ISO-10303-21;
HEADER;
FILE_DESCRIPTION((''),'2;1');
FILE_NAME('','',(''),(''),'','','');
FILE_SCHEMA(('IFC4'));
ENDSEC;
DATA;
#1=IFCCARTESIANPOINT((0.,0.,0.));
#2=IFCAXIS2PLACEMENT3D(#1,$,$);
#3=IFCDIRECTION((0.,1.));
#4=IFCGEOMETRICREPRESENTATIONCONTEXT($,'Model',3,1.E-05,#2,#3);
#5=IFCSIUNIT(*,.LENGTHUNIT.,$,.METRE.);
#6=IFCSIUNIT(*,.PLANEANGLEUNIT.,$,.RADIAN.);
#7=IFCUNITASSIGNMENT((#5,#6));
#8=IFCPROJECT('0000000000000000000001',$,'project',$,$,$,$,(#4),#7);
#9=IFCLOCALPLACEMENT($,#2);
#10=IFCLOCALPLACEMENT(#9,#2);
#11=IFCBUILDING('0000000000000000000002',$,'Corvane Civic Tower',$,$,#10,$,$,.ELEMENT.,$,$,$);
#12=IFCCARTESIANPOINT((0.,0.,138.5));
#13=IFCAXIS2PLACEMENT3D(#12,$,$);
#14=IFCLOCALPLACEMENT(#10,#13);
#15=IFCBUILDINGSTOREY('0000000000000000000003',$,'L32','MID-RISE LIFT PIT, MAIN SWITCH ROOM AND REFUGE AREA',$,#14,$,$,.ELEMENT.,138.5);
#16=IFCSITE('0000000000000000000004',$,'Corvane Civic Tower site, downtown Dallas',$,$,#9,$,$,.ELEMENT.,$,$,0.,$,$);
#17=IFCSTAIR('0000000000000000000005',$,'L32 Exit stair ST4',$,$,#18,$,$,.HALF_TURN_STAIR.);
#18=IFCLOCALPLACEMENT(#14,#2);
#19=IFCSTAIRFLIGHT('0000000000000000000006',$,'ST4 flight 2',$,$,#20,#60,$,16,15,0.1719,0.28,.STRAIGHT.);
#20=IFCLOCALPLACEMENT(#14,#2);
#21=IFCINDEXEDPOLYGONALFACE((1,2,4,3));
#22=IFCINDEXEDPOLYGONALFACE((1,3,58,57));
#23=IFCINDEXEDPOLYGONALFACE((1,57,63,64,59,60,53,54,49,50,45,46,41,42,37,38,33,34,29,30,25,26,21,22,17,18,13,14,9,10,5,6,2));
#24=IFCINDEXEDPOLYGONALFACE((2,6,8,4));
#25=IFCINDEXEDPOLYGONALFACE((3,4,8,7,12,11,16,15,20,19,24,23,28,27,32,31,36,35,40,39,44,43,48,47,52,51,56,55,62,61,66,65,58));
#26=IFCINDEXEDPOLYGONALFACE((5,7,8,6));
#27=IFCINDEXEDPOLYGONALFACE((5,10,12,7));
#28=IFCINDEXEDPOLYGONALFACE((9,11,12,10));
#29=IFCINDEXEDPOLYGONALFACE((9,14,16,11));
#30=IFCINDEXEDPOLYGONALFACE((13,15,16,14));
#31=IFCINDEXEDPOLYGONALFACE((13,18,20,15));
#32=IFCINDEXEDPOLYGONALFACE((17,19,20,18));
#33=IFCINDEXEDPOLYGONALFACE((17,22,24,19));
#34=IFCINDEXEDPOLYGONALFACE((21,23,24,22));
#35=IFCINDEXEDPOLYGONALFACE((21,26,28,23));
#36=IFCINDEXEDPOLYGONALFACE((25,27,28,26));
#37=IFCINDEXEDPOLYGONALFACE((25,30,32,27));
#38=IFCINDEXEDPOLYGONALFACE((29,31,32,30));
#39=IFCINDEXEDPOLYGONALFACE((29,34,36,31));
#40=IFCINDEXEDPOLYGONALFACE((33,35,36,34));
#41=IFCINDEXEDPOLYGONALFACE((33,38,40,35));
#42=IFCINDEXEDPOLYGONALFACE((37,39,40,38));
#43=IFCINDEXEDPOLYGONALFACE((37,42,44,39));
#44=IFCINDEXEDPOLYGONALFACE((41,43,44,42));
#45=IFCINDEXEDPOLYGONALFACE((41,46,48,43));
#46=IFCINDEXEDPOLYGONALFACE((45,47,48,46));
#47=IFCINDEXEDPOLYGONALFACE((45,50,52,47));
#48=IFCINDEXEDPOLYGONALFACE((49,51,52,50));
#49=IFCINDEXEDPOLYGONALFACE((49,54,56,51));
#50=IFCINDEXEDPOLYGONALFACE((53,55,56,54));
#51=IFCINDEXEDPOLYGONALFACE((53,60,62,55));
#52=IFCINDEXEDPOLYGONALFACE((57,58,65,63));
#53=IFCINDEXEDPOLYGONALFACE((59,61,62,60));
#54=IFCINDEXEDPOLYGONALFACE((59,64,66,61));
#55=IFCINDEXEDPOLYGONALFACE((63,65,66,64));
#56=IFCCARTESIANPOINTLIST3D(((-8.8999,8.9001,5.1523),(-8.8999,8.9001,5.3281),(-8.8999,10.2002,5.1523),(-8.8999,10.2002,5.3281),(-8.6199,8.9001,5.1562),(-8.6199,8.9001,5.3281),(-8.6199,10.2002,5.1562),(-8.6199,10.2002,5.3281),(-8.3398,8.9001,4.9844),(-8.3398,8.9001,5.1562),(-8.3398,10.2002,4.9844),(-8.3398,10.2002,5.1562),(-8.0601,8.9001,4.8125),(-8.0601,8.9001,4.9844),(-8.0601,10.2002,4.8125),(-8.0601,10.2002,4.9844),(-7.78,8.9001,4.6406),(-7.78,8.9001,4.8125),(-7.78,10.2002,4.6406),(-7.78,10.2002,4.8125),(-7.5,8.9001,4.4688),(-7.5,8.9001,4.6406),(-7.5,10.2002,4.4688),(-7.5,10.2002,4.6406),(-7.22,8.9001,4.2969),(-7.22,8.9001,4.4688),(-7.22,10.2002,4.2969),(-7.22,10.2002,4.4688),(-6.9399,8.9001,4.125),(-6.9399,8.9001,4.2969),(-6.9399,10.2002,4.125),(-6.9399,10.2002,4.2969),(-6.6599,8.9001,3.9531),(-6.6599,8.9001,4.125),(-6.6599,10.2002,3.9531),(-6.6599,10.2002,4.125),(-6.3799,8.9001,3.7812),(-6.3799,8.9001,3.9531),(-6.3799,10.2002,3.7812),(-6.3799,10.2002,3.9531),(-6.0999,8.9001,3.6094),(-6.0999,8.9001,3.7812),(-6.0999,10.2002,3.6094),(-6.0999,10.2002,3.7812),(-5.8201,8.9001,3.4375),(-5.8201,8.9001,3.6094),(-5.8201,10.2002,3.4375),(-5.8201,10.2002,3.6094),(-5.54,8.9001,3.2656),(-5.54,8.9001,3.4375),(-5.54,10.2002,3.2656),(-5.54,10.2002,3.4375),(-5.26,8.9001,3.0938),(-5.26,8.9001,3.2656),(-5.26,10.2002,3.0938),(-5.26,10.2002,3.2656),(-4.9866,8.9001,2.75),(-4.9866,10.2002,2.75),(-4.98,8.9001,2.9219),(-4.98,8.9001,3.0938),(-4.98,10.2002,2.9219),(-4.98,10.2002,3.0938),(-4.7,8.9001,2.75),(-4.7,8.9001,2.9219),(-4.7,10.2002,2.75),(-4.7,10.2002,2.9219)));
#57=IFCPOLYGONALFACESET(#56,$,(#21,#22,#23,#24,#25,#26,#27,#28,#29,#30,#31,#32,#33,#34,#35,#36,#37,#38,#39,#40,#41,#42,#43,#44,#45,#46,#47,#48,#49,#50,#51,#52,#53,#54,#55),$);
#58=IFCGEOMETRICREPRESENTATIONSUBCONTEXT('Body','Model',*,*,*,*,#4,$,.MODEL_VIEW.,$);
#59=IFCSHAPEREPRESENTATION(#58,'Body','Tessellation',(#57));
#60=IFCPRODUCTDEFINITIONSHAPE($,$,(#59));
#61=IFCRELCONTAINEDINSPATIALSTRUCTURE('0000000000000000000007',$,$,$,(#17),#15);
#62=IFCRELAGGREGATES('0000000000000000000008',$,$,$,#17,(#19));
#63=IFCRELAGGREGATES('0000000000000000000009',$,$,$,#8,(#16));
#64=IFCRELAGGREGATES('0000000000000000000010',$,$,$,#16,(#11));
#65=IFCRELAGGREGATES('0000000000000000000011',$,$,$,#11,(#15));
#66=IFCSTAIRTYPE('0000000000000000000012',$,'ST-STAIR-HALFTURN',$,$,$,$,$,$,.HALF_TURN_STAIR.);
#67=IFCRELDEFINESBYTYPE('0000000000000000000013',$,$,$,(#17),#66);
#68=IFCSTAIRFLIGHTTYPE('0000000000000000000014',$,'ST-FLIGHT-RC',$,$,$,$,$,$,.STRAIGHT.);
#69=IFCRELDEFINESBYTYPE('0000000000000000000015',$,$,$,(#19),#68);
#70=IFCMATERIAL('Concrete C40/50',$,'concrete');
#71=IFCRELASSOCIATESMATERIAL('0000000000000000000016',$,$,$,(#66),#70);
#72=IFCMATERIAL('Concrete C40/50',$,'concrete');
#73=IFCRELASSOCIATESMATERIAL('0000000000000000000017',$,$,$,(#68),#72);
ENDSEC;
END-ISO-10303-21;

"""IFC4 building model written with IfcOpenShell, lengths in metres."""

from ifc_helpers import new_model, si_unit, direction, frame, origin, place, context, subcontext, project, spatial, polyline, outline, extrude, material, type_object, element, aggregate, save


model = new_model("IFC4")

# Units and contexts
model_context = context("Model", 3, precision=1e-05, world=origin(), true_north=direction((0.0, 1.0)))
body_context = subcontext(model_context, "Body", "Model", "MODEL_VIEW")
ifc_project = project(units=[si_unit("LENGTHUNIT", "METRE"), si_unit("PLANEANGLEUNIT", "RADIAN")], contexts=[model_context])

# Site, building, storey
site_placement = place(None, origin())
site = spatial("IfcSite", under=ifc_project, at=site_placement, Name="Corvane Civic Tower site, downtown Dallas", CompositionType="ELEMENT", RefElevation=0.0)
building_placement = place(site_placement, origin())
building = spatial("IfcBuilding", under=site, at=building_placement, Name="Corvane Civic Tower", CompositionType="ELEMENT")
storey_placement = place(building_placement, frame((0.0, 0.0, 138.5)))
storey = spatial("IfcBuildingStorey", under=building, at=storey_placement, Name="L32", Description="MID-RISE LIFT PIT, MAIN SWITCH ROOM AND REFUGE AREA", CompositionType="ELEMENT", Elevation=138.5)

# Stair, stair flight
ifc_material_1 = material(Name="Concrete C40/50", Category="concrete")
stair_type = type_object("IfcStairType", Name="ST-STAIR-HALFTURN", PredefinedType="HALF_TURN_STAIR", material=ifc_material_1)
stair_placement = place(storey_placement, origin())
stair = element("IfcStair", 1, at=stair_placement, inside=storey, type_object=stair_type, Name="L32 Exit stair ST4", PredefinedType="HALF_TURN_STAIR")
ifc_material_2 = material(Name="Concrete C40/50", Category="concrete")
stair_flight_type = type_object("IfcStairFlightType", Name="ST-FLIGHT-RC", PredefinedType="STRAIGHT", material=ifc_material_2)
stair_flight_1_placement = place(storey_placement, frame((-4.7, 9.55, 2.75), z_axis=(0.0, 0.0, 1.0), x_axis=(-1.0, 0.0, 0.0)))
stair_flight_1 = element("IfcStairFlight", 2, at=stair_flight_1_placement, type_object=stair_flight_type, Name="ST4 flight 2", NumberOfRisers=16, NumberOfTreads=15, PredefinedType="STRAIGHT", RiserHeight=0.1719, TreadLength=0.28, context=body_context, shape_type="SweptSolid", body=[
    extrude(outline(polyline([(0.0, 0.0), (0.0, 0.1719), (0.28, 0.1719), (0.28, 0.3438), (0.5601, 0.3438), (0.5601, 0.5156), (0.8401, 0.5156), (0.8401, 0.6875), (1.1201, 0.6875), (1.1201, 0.8594), (1.3999, 0.8594), (1.3999, 1.0312), (1.6799, 1.0312), (1.6799, 1.2031), (1.96, 1.2031), (1.96, 1.375), (2.24, 1.375), (2.24, 1.5469), (2.52, 1.5469), (2.52, 1.7188), (2.8, 1.7188), (2.8, 1.8906), (3.0801, 1.8906), (3.0801, 2.0625), (3.3601, 2.0625), (3.3601, 2.2344), (3.6399, 2.2344), (3.6399, 2.4062), (3.9199, 2.4062), (3.9199, 2.5781), (4.2, 2.5781), (4.2, 2.75), (4.2, 2.4023), (0.2866, 0.0), (0.0, 0.0)])), frame((0.0, 0.6499, 0.0), z_axis=(0.0, -1.0, 0.0), x_axis=(1.0, 0.0, 0.0)), (0.0, 0.0, 1.0), 1.3),
])
aggregate(stair, [stair_flight_1])

save(model, "model.ifc")
